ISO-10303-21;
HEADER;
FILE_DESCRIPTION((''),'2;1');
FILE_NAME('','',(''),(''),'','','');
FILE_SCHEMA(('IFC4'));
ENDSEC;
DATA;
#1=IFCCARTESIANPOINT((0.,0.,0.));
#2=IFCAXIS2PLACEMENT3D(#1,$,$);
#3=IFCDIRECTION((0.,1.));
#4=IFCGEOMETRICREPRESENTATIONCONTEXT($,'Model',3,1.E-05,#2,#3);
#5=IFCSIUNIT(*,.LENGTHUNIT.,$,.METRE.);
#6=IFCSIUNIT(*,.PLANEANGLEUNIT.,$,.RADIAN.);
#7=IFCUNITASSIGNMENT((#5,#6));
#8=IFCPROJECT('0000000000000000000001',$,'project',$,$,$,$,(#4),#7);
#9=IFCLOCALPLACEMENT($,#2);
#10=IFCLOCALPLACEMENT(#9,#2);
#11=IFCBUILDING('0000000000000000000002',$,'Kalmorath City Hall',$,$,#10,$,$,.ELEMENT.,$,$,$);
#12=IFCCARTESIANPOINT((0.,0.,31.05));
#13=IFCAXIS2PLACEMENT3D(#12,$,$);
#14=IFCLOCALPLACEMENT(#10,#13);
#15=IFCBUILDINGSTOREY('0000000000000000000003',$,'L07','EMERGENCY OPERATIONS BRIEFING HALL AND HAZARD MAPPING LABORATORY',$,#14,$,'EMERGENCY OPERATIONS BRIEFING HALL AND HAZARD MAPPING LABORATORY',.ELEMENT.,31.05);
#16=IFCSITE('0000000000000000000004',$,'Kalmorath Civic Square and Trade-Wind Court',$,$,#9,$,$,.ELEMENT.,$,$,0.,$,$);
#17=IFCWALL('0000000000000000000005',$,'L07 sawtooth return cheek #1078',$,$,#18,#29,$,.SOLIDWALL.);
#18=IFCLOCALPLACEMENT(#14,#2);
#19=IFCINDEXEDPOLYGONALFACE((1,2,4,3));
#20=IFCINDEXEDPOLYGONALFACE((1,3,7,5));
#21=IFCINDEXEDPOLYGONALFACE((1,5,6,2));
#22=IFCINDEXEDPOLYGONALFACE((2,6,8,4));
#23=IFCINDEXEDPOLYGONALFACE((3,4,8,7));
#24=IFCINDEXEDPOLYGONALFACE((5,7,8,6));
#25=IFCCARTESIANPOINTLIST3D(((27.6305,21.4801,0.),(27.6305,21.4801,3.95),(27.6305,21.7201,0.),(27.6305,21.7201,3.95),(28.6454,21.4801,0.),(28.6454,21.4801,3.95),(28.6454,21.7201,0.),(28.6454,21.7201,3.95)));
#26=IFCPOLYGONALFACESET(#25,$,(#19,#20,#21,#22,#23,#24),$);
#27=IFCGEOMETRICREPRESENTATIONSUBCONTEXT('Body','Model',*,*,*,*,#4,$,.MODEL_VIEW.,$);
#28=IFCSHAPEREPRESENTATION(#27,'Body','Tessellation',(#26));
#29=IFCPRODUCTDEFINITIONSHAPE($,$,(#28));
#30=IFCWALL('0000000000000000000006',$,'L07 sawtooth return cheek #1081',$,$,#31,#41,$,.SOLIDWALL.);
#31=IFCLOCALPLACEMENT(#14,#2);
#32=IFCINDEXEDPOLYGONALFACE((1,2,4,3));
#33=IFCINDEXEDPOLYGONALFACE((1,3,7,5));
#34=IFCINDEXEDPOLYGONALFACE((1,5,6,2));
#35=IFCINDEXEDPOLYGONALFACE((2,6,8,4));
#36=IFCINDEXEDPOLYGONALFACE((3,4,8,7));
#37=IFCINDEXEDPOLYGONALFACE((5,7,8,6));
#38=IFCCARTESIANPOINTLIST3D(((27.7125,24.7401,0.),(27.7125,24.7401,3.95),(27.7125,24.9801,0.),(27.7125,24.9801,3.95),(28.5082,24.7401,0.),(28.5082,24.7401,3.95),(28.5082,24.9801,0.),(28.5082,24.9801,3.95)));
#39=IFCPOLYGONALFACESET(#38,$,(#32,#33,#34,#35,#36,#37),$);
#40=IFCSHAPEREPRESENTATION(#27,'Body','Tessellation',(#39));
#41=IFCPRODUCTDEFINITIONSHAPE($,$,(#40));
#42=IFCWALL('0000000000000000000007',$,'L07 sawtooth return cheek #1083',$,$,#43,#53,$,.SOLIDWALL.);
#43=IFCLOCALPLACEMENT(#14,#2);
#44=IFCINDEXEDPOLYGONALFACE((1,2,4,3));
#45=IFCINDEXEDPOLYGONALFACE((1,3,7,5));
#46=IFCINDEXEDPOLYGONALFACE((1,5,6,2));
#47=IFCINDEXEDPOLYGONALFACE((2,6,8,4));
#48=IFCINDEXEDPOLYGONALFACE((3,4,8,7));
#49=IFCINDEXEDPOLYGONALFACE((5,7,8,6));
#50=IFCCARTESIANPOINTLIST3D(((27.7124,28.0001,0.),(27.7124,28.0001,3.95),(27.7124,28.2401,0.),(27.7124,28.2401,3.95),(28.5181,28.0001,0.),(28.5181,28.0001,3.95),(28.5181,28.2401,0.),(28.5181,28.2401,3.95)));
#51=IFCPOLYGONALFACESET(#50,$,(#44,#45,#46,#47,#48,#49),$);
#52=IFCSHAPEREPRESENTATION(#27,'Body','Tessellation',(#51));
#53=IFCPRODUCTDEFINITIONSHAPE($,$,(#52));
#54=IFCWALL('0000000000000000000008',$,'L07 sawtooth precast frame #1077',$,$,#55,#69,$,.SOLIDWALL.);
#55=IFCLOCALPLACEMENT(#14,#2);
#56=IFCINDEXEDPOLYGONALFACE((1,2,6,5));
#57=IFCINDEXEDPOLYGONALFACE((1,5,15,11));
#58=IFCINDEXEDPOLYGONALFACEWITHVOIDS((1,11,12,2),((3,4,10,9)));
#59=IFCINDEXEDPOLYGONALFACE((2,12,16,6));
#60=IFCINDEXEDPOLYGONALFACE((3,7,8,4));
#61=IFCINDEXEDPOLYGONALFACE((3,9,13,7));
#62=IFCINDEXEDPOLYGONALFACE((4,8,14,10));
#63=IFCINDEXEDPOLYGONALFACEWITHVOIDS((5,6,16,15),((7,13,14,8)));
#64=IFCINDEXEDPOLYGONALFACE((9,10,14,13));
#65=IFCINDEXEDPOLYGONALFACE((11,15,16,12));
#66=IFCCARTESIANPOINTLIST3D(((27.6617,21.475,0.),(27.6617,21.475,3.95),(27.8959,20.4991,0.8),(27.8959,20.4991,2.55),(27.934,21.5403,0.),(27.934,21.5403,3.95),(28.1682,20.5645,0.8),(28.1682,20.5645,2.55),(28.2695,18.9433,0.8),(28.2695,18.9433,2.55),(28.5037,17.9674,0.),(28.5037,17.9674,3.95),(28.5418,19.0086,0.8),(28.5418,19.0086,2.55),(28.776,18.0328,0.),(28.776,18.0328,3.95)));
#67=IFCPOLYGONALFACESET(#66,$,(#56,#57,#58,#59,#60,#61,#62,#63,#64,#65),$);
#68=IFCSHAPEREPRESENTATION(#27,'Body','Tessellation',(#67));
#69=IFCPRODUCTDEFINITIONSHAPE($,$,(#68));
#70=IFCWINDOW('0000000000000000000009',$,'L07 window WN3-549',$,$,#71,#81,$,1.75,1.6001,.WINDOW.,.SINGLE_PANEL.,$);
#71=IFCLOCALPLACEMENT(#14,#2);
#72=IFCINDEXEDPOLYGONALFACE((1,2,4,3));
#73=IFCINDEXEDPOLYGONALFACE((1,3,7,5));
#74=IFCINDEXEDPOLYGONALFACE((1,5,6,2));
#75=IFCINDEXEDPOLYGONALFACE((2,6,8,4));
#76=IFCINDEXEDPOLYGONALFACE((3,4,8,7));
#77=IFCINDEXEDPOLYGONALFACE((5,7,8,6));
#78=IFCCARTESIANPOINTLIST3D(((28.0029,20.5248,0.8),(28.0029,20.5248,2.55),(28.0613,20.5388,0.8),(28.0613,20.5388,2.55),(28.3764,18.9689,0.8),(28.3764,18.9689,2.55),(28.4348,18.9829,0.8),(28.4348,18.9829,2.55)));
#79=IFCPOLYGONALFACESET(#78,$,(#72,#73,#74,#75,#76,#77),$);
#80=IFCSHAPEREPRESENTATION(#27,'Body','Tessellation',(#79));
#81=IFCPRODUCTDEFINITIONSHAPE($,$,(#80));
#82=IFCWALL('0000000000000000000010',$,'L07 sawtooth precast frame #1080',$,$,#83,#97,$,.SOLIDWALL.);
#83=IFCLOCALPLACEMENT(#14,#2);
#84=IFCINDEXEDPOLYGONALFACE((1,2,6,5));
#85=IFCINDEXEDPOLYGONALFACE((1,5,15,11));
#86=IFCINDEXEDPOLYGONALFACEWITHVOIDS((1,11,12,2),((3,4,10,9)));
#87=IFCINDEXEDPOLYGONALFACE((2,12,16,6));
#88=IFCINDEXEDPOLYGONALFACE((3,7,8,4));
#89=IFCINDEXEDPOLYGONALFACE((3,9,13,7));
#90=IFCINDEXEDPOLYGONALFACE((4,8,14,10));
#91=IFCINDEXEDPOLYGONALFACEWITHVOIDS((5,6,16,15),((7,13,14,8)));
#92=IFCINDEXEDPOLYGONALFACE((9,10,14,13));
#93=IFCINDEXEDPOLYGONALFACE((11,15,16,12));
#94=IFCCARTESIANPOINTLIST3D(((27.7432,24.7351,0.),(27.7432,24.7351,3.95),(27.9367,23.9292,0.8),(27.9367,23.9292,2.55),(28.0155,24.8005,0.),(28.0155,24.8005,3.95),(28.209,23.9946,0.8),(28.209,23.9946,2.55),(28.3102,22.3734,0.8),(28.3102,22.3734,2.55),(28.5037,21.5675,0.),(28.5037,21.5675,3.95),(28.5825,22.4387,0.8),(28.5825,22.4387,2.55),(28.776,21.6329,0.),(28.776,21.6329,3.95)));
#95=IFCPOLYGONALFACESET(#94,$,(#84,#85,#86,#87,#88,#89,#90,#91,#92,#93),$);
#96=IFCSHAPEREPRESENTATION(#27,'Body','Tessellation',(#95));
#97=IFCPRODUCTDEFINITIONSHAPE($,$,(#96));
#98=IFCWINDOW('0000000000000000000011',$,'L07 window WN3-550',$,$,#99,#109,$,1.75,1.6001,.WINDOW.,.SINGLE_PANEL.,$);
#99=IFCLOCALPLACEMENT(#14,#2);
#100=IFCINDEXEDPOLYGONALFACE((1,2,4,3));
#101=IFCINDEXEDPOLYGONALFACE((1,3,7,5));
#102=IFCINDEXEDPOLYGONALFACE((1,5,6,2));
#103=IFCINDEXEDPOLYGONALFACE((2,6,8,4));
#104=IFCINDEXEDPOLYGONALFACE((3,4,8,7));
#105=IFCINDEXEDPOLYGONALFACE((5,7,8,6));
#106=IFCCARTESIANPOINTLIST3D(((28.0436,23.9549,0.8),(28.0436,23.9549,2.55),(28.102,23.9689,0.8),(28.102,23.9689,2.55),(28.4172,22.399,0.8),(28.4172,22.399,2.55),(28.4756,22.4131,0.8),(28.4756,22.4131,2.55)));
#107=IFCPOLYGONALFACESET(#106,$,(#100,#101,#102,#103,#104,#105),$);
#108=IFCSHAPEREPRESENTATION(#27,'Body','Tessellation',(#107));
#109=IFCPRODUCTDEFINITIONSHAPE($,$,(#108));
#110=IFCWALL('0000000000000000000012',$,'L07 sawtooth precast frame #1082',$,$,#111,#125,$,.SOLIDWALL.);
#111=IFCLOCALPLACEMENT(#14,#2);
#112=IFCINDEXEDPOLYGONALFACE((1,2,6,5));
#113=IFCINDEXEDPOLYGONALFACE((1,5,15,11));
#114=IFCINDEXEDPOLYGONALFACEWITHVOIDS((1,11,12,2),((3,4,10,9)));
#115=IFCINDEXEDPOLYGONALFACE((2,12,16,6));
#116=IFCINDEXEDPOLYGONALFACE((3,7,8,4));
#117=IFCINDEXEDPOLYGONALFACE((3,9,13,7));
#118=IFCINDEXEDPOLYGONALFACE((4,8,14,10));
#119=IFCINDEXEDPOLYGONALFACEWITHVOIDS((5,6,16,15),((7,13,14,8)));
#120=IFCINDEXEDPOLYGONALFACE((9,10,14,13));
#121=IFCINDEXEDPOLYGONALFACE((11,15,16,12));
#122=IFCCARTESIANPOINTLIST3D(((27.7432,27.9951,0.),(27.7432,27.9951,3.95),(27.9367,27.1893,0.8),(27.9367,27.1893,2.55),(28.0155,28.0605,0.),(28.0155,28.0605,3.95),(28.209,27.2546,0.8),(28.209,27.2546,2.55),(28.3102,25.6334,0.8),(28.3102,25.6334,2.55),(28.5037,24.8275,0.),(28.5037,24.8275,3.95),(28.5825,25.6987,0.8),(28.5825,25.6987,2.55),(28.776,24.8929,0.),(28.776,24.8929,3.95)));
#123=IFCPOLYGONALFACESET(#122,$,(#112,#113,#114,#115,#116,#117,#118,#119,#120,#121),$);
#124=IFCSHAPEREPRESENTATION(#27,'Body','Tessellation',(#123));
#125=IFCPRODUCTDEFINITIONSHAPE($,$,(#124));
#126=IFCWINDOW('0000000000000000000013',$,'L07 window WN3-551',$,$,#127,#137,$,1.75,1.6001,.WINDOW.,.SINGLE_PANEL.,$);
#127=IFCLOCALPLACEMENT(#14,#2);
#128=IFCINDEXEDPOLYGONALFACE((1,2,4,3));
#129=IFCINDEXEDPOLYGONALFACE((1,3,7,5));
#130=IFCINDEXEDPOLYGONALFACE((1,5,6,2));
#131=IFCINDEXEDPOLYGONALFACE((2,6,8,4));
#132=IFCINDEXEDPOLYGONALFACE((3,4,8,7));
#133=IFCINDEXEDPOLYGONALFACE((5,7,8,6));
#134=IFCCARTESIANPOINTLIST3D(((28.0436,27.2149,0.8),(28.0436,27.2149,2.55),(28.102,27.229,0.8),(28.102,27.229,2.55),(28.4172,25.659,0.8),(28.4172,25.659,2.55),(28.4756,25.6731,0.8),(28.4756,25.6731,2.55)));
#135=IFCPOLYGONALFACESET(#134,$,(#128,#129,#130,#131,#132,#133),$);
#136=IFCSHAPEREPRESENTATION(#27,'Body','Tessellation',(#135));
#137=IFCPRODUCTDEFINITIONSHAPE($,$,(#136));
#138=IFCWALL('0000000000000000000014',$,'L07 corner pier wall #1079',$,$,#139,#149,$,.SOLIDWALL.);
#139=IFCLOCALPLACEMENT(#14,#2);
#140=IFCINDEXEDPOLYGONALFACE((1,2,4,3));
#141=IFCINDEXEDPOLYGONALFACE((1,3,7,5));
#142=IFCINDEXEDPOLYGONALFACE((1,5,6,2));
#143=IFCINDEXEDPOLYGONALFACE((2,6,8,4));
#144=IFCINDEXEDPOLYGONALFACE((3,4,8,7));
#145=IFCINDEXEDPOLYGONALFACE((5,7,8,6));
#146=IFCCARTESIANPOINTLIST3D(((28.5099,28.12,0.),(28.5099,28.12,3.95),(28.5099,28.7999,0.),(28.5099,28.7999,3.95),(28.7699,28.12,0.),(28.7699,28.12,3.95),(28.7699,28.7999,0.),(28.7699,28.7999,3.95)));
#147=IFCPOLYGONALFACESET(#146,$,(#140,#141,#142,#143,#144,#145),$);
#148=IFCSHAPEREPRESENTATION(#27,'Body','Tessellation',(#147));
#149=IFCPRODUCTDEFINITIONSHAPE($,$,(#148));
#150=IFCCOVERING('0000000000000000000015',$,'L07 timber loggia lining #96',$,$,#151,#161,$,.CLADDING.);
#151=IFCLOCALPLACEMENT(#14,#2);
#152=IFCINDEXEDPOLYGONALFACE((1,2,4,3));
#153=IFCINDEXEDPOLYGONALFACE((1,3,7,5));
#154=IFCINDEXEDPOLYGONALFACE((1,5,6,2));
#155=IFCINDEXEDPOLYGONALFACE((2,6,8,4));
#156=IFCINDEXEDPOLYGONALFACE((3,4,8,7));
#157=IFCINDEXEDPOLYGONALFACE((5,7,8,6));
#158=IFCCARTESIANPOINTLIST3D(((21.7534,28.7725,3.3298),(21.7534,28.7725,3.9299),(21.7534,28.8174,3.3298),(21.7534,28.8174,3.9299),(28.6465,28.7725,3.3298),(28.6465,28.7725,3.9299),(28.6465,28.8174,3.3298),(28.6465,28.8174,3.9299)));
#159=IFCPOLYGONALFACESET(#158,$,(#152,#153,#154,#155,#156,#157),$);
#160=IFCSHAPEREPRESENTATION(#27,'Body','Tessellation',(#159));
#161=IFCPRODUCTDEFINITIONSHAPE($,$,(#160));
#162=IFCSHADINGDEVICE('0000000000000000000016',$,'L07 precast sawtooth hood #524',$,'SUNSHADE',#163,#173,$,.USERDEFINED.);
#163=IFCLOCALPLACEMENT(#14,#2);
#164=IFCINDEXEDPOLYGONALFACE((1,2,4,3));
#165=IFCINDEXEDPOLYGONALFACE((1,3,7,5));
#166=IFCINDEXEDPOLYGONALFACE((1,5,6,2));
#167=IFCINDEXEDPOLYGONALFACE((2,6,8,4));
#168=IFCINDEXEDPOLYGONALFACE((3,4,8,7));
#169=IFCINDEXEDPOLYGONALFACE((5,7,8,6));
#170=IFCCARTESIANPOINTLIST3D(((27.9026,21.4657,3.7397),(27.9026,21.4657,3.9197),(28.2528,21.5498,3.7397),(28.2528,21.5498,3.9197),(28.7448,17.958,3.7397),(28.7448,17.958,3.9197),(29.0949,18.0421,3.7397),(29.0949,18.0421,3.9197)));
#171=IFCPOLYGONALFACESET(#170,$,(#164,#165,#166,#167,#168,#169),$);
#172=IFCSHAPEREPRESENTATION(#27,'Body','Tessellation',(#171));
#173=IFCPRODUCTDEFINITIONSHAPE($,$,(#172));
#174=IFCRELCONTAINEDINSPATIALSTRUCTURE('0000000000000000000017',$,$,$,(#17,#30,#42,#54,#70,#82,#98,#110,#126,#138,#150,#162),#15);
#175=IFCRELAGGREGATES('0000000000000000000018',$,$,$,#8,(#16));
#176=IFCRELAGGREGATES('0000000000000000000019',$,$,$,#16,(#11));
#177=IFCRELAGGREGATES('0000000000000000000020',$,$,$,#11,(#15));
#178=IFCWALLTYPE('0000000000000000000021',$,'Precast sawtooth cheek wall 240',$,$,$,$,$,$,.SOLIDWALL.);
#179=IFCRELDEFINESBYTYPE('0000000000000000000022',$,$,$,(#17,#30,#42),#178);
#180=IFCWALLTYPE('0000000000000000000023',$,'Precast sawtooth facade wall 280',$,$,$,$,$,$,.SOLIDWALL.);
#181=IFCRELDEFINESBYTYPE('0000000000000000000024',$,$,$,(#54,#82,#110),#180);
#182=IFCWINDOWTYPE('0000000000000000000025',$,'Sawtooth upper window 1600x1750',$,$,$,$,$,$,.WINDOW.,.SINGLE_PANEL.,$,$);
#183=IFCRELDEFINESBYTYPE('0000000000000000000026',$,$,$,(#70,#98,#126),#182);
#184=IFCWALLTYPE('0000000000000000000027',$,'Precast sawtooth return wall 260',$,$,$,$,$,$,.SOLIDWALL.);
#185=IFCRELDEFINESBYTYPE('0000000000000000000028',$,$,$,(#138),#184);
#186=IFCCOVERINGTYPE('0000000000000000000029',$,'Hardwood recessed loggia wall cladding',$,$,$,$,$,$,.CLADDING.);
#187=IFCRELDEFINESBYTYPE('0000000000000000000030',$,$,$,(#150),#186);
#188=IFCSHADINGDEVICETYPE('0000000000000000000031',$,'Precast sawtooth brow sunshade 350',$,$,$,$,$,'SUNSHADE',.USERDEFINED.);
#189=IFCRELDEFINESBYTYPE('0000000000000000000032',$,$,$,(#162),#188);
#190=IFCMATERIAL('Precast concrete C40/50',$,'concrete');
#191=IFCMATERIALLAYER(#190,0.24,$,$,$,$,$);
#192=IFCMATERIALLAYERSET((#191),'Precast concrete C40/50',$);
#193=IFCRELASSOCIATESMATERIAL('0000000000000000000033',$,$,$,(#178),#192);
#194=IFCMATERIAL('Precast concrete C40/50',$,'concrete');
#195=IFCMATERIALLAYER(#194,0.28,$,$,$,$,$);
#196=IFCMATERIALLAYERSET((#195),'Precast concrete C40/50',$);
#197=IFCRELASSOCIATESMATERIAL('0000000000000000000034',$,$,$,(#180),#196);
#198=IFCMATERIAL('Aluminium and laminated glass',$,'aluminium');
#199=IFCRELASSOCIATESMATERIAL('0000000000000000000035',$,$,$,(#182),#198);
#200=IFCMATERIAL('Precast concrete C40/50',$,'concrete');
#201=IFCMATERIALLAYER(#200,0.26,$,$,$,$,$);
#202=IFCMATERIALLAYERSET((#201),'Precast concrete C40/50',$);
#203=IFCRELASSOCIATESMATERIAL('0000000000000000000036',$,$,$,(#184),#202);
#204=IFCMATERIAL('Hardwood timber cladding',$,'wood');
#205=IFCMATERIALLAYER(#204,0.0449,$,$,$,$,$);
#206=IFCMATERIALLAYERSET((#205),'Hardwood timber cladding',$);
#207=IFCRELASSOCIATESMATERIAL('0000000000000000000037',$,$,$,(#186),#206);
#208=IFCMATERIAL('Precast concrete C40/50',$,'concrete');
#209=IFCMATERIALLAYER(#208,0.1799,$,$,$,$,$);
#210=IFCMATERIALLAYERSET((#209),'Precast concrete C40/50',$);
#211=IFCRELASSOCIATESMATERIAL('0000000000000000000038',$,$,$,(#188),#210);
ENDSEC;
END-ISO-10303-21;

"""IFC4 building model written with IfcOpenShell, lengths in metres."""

from ifc_helpers import new_model, si_unit, direction, frame, frame_2d, origin, origin_2d, place, context, subcontext, project, spatial, rectangle, extrude, material, layer, layer_set, type_object, element, fill, save


model = new_model("IFC4")

# Units and contexts
model_context = context("Model", 3, precision=1e-05, world=origin(), true_north=direction((0.0, 1.0)))
body_context = subcontext(model_context, "Body", "Model", "MODEL_VIEW")
ifc_project = project(units=[si_unit("LENGTHUNIT", "METRE"), si_unit("PLANEANGLEUNIT", "RADIAN")], contexts=[model_context])

# Site, building, storey
site_placement = place(None, origin())
site = spatial("IfcSite", under=ifc_project, at=site_placement, Name="Kalmorath Civic Square and Trade-Wind Court", CompositionType="ELEMENT", RefElevation=0.0)
building_placement = place(site_placement, origin())
building = spatial("IfcBuilding", under=site, at=building_placement, Name="Kalmorath City Hall", CompositionType="ELEMENT")
storey_placement = place(building_placement, frame((0.0, 0.0, 31.05)))
storey = spatial("IfcBuildingStorey", under=building, at=storey_placement, Name="L07", Description="EMERGENCY OPERATIONS BRIEFING HALL AND HAZARD MAPPING LABORATORY", LongName="EMERGENCY OPERATIONS BRIEFING HALL AND HAZARD MAPPING LABORATORY", CompositionType="ELEMENT", Elevation=31.05)

# Walls
ifc_material_1 = material(Name="Precast concrete C40/50", Category="concrete")
ifc_layer_1 = layer(ifc_material_1, 0.24)
ifc_layer_set_1 = layer_set([ifc_layer_1], Name="Precast concrete C40/50")
wall_type_1 = type_object("IfcWallType", Name="Precast sawtooth cheek wall 240", PredefinedType="SOLIDWALL", material=ifc_layer_set_1)
wall_1_placement = place(storey_placement, frame((27.6306, 21.6001, 0.0), z_axis=(0.0, 0.0, 1.0), x_axis=(1.0, 0.0, 0.0)))
element("IfcWall", 1, at=wall_1_placement, inside=storey, type_object=wall_type_1, Name="L07 sawtooth return cheek #1078", PredefinedType="SOLIDWALL", context=body_context, shape_type="SweptSolid", body=[
    extrude(rectangle(XDim=1.0149, YDim=0.24, at=frame_2d((0.5073, 0.0))), origin(), (0.0, 0.0, 1.0), 3.95),
])
wall_2_placement = place(storey_placement, frame((27.7124, 24.8601, 0.0), z_axis=(0.0, 0.0, 1.0), x_axis=(1.0, 0.0, 0.0)))
element("IfcWall", 2, at=wall_2_placement, inside=storey, type_object=wall_type_1, Name="L07 sawtooth return cheek #1081", PredefinedType="SOLIDWALL", context=body_context, shape_type="SweptSolid", body=[
    extrude(rectangle(XDim=0.7957, YDim=0.24, at=frame_2d((0.3979, 0.0))), origin(), (0.0, 0.0, 1.0), 3.95),
])
wall_3_placement = place(storey_placement, frame((27.7124, 28.1201, 0.0), z_axis=(0.0, 0.0, 1.0), x_axis=(1.0, 0.0, 0.0)))
element("IfcWall", 3, at=wall_3_placement, inside=storey, type_object=wall_type_1, Name="L07 sawtooth return cheek #1083", PredefinedType="SOLIDWALL", context=body_context, shape_type="SweptSolid", body=[
    extrude(rectangle(XDim=0.8057, YDim=0.24, at=frame_2d((0.4028, 0.0))), origin(), (0.0, 0.0, 1.0), 3.95),
])

# Walls, openings, windows
ifc_material_2 = material(Name="Precast concrete C40/50", Category="concrete")
ifc_layer_2 = layer(ifc_material_2, 0.28)
ifc_layer_set_2 = layer_set([ifc_layer_2], Name="Precast concrete C40/50")
wall_type_2 = type_object("IfcWallType", Name="Precast sawtooth facade wall 280", PredefinedType="SOLIDWALL", material=ifc_layer_set_2)
wall_4_placement = place(storey_placement, frame((28.6399, 18.0, 0.0), z_axis=(0.0, 0.0, 1.0), x_axis=(-0.233432, 0.972373, 0.0)))
wall_4 = element("IfcWall", 4, at=wall_4_placement, inside=storey, type_object=wall_type_2, Name="L07 sawtooth precast frame #1077", PredefinedType="SOLIDWALL", context=body_context, shape_type="SweptSolid", body=[
    extrude(rectangle(XDim=3.6072, YDim=0.28, at=frame_2d((1.8037, 0.0))), origin(), (0.0, 0.0, 1.0), 3.95),
])
opening_1_placement = place(wall_4_placement, frame((1.0037, 0.0, 0.8)))
opening_1 = element("IfcOpeningElement", 5, at=opening_1_placement, cuts=wall_4, PredefinedType="OPENING", context=body_context, shape_type="SweptSolid", body=[
    extrude(rectangle(XDim=1.6001, YDim=1.75, at=frame_2d((0.8, 0.875))), frame((0.0, 0.1499, 0.0), z_axis=(0.0, -1.0, 0.0), x_axis=(1.0, 0.0, 0.0)), (0.0, 0.0, 1.0), 0.3),
])
ifc_material_3 = material(Name="Aluminium and laminated glass", Category="aluminium")
window_type_1 = type_object("IfcWindowType", Name="Sawtooth upper window 1600x1750", PartitioningType="SINGLE_PANEL", PredefinedType="WINDOW", material=ifc_material_3)
window_1_placement = place(opening_1_placement, origin())
window_1 = element("IfcWindow", 6, at=window_1_placement, inside=storey, type_object=window_type_1, Name="L07 window WN3-549", OverallHeight=1.75, OverallWidth=1.6001, PartitioningType="SINGLE_PANEL", PredefinedType="WINDOW", context=body_context, shape_type="SweptSolid", body=[
    extrude(rectangle(XDim=1.6001, YDim=1.75, at=frame_2d((0.8, 0.875))), frame((0.0, 0.03, 0.0), z_axis=(0.0, -1.0, 0.0), x_axis=(1.0, 0.0, 0.0)), (0.0, 0.0, 1.0), 0.0601),
])
fill(opening_1, window_1)
wall_5_placement = place(storey_placement, frame((28.6399, 21.6001, 0.0), z_axis=(0.0, 0.0, 1.0), x_axis=(-0.233461, 0.972366, 0.0)))
wall_5 = element("IfcWall", 7, at=wall_5_placement, inside=storey, type_object=wall_type_2, Name="L07 sawtooth precast frame #1080", PredefinedType="SOLIDWALL", context=body_context, shape_type="SweptSolid", body=[
    extrude(rectangle(XDim=3.2576, YDim=0.28, at=frame_2d((1.6289, 0.0))), origin(), (0.0, 0.0, 1.0), 3.95),
])
opening_2_placement = place(wall_5_placement, frame((0.8289, 0.0, 0.8)))
opening_2 = element("IfcOpeningElement", 8, at=opening_2_placement, cuts=wall_5, PredefinedType="OPENING", context=body_context, shape_type="SweptSolid", body=[
    extrude(rectangle(XDim=1.6001, YDim=1.75, at=frame_2d((0.8, 0.875))), frame((0.0, 0.1499, 0.0), z_axis=(0.0, -1.0, 0.0), x_axis=(1.0, 0.0, 0.0)), (0.0, 0.0, 1.0), 0.3),
])
window_2_placement = place(opening_2_placement, origin())
window_2 = element("IfcWindow", 9, at=window_2_placement, inside=storey, type_object=window_type_1, Name="L07 window WN3-550", OverallHeight=1.75, OverallWidth=1.6001, PartitioningType="SINGLE_PANEL", PredefinedType="WINDOW", context=body_context, shape_type="SweptSolid", body=[
    extrude(rectangle(XDim=1.6001, YDim=1.75, at=frame_2d((0.8, 0.875))), frame((0.0, 0.03, 0.0), z_axis=(0.0, -1.0, 0.0), x_axis=(1.0, 0.0, 0.0)), (0.0, 0.0, 1.0), 0.0601),
])
fill(opening_2, window_2)
wall_6_placement = place(storey_placement, frame((28.6399, 24.8601, 0.0), z_axis=(0.0, 0.0, 1.0), x_axis=(-0.233461, 0.972366, 0.0)))
wall_6 = element("IfcWall", 10, at=wall_6_placement, inside=storey, type_object=wall_type_2, Name="L07 sawtooth precast frame #1082", PredefinedType="SOLIDWALL", context=body_context, shape_type="SweptSolid", body=[
    extrude(rectangle(XDim=3.2576, YDim=0.28, at=frame_2d((1.6289, 0.0))), origin(), (0.0, 0.0, 1.0), 3.95),
])
opening_3_placement = place(wall_6_placement, frame((0.8289, 0.0, 0.8)))
opening_3 = element("IfcOpeningElement", 11, at=opening_3_placement, cuts=wall_6, PredefinedType="OPENING", context=body_context, shape_type="SweptSolid", body=[
    extrude(rectangle(XDim=1.6001, YDim=1.75, at=frame_2d((0.8, 0.875))), frame((0.0, 0.1499, 0.0), z_axis=(0.0, -1.0, 0.0), x_axis=(1.0, 0.0, 0.0)), (0.0, 0.0, 1.0), 0.3),
])
window_3_placement = place(opening_3_placement, origin())
window_3 = element("IfcWindow", 12, at=window_3_placement, inside=storey, type_object=window_type_1, Name="L07 window WN3-551", OverallHeight=1.75, OverallWidth=1.6001, PartitioningType="SINGLE_PANEL", PredefinedType="WINDOW", context=body_context, shape_type="SweptSolid", body=[
    extrude(rectangle(XDim=1.6001, YDim=1.75, at=frame_2d((0.8, 0.875))), frame((0.0, 0.03, 0.0), z_axis=(0.0, -1.0, 0.0), x_axis=(1.0, 0.0, 0.0)), (0.0, 0.0, 1.0), 0.0601),
])
fill(opening_3, window_3)

# Wall
ifc_material_4 = material(Name="Precast concrete C40/50", Category="concrete")
ifc_layer_3 = layer(ifc_material_4, 0.26)
ifc_layer_set_3 = layer_set([ifc_layer_3], Name="Precast concrete C40/50")
wall_type_3 = type_object("IfcWallType", Name="Precast sawtooth return wall 260", PredefinedType="SOLIDWALL", material=ifc_layer_set_3)
wall_7_placement = place(storey_placement, frame((28.6399, 28.1201, 0.0), z_axis=(0.0, 0.0, 1.0), x_axis=(0.0, 1.0, 0.0)))
element("IfcWall", 13, at=wall_7_placement, inside=storey, type_object=wall_type_3, Name="L07 corner pier wall #1079", PredefinedType="SOLIDWALL", context=body_context, shape_type="SweptSolid", body=[
    extrude(rectangle(XDim=0.6799, YDim=0.26, at=frame_2d((0.3398, 0.0))), origin(), (0.0, 0.0, 1.0), 3.95),
])

# Covering
ifc_material_5 = material(Name="Hardwood timber cladding", Category="wood")
ifc_layer_4 = layer(ifc_material_5, 0.0449)
ifc_layer_set_4 = layer_set([ifc_layer_4], Name="Hardwood timber cladding")
covering_type = type_object("IfcCoveringType", Name="Hardwood recessed loggia wall cladding", PredefinedType="CLADDING", material=ifc_layer_set_4)
covering_placement = place(storey_placement, frame((25.2, 28.7949, 3.3298), z_axis=(0.0, 0.0, 1.0), x_axis=(-1.0, 0.0, 0.0)))
element("IfcCovering", 14, at=covering_placement, inside=storey, type_object=covering_type, Name="L07 timber loggia lining #96", PredefinedType="CLADDING", context=body_context, shape_type="SweptSolid", body=[
    extrude(rectangle(XDim=6.8931, YDim=0.0449, at=origin_2d()), origin(), (0.0, 0.0, 1.0), 0.6001),
])

# Shading device
ifc_material_6 = material(Name="Precast concrete C40/50", Category="concrete")
ifc_layer_5 = layer(ifc_material_6, 0.1799)
ifc_layer_set_5 = layer_set([ifc_layer_5], Name="Precast concrete C40/50")
shading_device_type = type_object("IfcShadingDeviceType", Name="Precast sawtooth brow sunshade 350", ElementType="SUNSHADE", PredefinedType="USERDEFINED", material=ifc_layer_set_5)
shading_device_placement = place(storey_placement, frame((28.4988, 19.7539, 3.7397), z_axis=(0.0, 0.0, 1.0), x_axis=(-0.233445, 0.97237, 0.0)))
element("IfcShadingDevice", 15, at=shading_device_placement, inside=storey, type_object=shading_device_type, Name="L07 precast sawtooth hood #524", ObjectType="SUNSHADE", PredefinedType="USERDEFINED", context=body_context, shape_type="SweptSolid", body=[
    extrude(rectangle(XDim=3.6074, YDim=0.3601, at=origin_2d()), origin(), (0.0, 0.0, 1.0), 0.1799),
])

save(model, "model.ifc")
